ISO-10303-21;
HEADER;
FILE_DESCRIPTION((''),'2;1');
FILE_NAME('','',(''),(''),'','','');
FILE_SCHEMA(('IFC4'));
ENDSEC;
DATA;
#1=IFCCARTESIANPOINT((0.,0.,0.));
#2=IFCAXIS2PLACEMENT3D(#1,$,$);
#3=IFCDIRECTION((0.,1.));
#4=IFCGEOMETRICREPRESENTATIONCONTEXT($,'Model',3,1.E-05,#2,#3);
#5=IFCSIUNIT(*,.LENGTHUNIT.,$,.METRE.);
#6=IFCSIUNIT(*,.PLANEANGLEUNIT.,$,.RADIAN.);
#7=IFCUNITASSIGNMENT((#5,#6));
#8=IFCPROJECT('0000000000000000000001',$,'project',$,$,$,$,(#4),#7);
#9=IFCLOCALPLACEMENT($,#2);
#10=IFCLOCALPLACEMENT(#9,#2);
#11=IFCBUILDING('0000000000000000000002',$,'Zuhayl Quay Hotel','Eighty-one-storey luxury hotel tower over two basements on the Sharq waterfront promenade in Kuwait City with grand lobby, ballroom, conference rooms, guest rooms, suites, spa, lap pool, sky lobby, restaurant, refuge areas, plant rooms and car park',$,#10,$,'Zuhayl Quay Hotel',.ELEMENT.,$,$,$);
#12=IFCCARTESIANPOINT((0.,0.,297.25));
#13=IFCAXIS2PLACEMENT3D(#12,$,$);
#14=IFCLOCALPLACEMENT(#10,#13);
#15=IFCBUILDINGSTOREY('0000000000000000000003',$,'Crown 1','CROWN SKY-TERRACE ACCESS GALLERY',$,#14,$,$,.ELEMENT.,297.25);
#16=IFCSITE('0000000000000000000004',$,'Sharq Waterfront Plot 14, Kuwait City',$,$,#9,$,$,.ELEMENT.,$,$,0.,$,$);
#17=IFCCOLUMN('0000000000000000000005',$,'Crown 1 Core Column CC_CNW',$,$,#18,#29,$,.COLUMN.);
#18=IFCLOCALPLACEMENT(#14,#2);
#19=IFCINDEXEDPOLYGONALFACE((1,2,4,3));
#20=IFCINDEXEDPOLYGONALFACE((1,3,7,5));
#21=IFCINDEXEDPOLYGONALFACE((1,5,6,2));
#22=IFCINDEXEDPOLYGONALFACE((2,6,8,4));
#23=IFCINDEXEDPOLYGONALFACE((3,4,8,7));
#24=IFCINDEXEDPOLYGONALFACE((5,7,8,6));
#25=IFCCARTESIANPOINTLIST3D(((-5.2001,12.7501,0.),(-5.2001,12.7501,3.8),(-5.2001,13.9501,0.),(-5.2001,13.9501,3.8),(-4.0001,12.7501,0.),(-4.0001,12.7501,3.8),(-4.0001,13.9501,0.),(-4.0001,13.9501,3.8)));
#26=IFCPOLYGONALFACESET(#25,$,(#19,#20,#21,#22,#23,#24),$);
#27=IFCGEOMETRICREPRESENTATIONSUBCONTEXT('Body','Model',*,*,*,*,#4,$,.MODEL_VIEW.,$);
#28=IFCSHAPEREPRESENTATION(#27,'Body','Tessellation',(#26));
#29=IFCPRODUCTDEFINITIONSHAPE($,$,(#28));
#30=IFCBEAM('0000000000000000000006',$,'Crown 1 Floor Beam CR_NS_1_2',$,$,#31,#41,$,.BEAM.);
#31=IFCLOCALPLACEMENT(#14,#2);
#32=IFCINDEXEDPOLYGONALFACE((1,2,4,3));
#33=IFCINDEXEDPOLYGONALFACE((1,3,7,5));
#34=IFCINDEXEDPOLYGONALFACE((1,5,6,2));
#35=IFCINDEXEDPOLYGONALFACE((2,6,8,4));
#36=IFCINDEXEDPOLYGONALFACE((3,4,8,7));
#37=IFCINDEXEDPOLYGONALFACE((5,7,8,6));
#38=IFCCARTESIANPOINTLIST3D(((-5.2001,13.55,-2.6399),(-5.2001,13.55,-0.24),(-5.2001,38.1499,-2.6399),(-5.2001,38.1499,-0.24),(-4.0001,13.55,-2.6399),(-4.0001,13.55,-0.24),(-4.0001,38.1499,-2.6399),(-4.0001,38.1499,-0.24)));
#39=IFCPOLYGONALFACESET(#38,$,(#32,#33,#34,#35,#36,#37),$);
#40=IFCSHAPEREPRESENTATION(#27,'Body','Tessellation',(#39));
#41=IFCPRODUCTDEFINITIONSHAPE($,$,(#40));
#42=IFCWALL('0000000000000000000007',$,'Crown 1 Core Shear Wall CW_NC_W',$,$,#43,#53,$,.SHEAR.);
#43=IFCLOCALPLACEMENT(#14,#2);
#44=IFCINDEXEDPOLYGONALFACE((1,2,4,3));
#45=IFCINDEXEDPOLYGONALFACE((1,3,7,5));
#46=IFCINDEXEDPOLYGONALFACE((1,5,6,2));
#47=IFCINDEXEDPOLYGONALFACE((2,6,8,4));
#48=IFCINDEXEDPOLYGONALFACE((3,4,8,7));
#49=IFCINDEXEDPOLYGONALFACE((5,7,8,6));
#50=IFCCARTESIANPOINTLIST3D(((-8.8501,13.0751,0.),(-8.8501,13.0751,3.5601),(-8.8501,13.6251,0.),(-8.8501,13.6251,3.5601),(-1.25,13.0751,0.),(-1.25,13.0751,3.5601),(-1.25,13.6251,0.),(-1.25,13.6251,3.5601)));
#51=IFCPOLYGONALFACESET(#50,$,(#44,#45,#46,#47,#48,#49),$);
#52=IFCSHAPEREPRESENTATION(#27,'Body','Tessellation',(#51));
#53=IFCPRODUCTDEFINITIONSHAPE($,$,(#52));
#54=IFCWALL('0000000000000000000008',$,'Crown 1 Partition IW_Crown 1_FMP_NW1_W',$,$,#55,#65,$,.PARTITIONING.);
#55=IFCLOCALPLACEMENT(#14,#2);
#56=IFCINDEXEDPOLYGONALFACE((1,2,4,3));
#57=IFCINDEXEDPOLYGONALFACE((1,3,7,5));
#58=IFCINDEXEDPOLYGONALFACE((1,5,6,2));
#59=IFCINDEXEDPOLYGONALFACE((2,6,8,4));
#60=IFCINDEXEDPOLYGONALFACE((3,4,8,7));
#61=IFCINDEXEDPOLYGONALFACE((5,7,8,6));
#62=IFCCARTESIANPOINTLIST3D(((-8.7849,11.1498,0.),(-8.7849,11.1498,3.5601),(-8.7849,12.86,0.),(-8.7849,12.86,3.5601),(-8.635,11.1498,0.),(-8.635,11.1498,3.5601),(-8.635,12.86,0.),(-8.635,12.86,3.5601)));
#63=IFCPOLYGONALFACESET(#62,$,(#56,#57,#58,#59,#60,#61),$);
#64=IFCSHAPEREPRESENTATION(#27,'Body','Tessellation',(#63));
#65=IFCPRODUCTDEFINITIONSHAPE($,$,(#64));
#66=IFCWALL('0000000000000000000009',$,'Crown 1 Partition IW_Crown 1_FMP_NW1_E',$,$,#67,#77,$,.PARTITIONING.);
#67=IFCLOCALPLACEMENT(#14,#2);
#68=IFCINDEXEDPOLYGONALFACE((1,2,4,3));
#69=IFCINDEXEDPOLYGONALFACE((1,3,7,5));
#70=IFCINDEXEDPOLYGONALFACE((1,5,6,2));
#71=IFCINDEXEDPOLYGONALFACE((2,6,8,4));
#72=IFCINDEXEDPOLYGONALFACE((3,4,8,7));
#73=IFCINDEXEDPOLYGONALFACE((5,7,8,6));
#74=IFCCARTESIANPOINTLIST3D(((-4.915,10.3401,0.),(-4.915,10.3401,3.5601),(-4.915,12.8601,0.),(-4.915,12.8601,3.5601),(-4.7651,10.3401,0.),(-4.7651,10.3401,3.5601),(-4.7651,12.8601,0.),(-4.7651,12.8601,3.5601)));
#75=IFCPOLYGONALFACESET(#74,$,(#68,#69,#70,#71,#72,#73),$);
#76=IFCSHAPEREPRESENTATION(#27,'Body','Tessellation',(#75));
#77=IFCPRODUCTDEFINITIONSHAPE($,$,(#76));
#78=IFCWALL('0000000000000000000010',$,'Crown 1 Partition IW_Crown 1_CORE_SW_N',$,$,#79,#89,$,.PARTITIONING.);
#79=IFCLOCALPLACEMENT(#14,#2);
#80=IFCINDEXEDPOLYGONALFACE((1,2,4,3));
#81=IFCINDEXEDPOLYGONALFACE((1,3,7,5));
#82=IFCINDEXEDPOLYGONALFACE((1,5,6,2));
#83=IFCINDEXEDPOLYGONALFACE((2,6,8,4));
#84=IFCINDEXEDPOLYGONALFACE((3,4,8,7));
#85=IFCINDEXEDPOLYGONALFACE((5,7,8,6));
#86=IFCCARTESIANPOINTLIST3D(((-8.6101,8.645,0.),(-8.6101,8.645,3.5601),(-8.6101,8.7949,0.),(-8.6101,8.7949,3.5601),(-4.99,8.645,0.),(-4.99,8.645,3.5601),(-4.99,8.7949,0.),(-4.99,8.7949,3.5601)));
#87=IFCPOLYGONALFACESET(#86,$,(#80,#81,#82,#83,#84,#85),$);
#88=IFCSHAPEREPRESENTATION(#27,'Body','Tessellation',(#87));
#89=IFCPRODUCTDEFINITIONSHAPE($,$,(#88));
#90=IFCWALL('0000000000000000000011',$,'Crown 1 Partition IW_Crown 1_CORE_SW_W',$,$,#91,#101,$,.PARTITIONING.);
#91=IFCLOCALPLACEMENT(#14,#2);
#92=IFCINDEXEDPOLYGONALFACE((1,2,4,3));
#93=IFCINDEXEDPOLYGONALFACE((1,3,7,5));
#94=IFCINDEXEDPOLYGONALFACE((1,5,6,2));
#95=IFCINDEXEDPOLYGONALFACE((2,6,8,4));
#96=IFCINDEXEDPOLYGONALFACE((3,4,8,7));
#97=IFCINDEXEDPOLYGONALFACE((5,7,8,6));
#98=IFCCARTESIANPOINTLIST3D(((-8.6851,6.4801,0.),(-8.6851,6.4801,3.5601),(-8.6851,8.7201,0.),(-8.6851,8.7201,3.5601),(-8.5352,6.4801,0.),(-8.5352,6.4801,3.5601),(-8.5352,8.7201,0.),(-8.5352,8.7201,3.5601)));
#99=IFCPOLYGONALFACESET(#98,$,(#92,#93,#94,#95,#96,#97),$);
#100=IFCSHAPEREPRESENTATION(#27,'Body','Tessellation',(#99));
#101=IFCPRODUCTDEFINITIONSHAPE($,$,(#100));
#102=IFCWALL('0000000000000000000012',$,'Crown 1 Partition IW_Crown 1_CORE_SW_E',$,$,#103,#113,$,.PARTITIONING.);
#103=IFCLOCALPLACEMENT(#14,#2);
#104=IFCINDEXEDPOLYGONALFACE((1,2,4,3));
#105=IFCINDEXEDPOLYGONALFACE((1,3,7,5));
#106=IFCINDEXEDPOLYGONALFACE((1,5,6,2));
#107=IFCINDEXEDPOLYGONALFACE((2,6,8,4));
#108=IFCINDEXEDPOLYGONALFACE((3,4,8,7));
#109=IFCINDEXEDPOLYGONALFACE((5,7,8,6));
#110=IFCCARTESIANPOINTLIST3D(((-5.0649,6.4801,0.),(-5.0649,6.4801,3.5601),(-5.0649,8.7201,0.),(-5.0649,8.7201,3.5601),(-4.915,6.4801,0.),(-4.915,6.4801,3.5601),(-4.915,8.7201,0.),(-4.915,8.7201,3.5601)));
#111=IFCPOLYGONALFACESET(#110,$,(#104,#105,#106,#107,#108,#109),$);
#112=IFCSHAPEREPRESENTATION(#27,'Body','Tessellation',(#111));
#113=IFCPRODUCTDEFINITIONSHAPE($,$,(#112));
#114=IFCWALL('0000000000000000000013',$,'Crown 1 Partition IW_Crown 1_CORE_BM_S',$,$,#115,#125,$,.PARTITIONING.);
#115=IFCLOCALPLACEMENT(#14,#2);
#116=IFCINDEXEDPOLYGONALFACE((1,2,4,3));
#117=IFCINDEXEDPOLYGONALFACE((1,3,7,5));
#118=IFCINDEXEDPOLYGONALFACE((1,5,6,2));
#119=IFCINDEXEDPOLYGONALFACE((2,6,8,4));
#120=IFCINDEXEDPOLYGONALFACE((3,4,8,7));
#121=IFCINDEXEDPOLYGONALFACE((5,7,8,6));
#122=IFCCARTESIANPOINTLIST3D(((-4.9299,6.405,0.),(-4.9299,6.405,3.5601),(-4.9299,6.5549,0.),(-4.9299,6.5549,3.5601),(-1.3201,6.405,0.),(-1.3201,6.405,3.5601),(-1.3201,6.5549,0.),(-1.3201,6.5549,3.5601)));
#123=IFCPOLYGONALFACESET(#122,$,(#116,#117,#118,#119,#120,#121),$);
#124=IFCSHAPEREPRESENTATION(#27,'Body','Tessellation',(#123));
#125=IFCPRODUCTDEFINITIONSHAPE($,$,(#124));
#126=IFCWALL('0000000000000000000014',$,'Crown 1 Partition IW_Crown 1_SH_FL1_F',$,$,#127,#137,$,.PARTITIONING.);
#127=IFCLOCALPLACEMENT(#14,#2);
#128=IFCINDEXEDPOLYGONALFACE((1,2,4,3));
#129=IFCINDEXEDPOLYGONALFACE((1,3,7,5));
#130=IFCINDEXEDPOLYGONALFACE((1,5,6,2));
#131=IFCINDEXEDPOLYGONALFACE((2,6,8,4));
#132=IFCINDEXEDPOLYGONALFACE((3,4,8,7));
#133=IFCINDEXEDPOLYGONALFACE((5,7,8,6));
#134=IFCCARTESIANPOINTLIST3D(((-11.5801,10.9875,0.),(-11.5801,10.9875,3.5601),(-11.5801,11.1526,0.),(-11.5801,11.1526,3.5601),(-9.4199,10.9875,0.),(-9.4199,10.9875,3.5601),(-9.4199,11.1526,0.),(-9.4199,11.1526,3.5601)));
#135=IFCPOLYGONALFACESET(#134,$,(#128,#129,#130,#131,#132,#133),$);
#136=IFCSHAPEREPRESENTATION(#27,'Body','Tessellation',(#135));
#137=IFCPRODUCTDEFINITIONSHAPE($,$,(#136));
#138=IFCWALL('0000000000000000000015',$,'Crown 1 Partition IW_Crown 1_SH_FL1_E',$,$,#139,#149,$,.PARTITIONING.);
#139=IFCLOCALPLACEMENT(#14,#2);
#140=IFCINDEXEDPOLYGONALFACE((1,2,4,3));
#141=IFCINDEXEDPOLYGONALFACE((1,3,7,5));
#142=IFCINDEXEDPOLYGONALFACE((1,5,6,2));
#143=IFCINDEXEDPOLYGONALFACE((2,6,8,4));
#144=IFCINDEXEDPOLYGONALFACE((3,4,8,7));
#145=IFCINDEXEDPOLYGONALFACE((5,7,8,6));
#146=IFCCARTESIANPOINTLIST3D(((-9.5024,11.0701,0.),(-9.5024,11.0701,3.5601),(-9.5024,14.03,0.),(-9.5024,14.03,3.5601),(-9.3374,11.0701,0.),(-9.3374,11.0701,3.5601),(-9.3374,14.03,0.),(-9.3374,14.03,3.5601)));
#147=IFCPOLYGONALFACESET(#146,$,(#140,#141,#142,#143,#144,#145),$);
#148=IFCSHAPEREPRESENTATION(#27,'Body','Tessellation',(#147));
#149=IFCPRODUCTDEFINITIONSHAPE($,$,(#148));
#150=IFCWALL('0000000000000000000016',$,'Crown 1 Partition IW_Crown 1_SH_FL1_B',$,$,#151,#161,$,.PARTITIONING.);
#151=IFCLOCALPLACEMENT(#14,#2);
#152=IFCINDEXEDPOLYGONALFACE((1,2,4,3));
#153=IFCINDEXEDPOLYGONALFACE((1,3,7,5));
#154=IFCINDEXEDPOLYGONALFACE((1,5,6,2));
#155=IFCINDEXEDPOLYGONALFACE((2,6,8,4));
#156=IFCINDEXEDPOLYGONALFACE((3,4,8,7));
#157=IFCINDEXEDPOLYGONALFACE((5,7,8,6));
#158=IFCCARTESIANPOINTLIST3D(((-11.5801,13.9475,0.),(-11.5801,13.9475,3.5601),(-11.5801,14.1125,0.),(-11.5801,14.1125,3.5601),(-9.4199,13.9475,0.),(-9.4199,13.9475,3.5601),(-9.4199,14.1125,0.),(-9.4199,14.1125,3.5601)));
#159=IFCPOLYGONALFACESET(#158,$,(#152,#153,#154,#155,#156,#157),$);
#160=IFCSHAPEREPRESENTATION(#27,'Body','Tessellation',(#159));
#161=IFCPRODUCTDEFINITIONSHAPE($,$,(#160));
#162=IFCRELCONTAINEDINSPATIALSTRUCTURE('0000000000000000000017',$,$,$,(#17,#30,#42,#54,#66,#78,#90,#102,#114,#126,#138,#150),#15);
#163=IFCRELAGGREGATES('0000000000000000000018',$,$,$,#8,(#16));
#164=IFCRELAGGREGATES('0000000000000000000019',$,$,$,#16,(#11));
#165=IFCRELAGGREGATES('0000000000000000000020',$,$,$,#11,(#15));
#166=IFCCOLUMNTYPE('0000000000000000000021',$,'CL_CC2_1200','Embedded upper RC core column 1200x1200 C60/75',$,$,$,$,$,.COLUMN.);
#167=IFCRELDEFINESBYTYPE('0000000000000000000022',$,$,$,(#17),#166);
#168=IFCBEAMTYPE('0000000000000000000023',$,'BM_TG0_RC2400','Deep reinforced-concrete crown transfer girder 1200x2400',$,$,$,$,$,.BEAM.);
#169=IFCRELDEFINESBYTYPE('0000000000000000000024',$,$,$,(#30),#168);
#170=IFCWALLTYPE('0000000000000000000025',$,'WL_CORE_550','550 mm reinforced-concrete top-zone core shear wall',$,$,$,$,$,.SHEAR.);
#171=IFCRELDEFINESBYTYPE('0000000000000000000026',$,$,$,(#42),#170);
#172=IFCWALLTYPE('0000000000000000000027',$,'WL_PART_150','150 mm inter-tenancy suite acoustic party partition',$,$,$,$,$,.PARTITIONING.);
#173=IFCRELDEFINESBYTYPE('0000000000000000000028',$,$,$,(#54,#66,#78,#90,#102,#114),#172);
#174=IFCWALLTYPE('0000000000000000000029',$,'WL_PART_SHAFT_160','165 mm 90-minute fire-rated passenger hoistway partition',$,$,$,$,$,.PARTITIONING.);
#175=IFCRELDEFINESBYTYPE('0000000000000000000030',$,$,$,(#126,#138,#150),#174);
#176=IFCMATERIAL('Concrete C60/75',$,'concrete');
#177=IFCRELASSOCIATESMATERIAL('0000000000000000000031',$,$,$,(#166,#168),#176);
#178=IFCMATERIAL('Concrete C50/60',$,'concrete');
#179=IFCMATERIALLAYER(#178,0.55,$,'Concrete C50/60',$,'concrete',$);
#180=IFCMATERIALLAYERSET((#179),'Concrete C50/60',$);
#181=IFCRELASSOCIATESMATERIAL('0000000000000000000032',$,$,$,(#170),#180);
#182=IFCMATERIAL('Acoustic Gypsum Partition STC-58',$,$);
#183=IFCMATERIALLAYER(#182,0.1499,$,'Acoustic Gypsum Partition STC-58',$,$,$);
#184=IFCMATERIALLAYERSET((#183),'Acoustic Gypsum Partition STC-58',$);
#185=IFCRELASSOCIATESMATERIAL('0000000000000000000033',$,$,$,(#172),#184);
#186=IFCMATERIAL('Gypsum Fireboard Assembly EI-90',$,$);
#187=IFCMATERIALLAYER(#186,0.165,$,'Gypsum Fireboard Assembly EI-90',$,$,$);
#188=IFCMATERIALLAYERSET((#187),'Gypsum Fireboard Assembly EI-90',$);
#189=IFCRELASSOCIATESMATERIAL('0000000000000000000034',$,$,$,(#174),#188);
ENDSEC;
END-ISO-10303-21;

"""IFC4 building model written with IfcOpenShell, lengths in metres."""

from ifc_helpers import new_model, si_unit, direction, frame, frame_2d, origin, origin_2d, place, context, subcontext, project, spatial, rectangle, extrude, material, layer, layer_set, material_profile, profile_set, type_object, element, save


model = new_model("IFC4")

# Units and contexts
model_context = context("Model", 3, precision=1e-05, world=origin(), true_north=direction((0.0, 1.0)))
body_context = subcontext(model_context, "Body", "Model", "MODEL_VIEW")
ifc_project = project(units=[si_unit("LENGTHUNIT", "METRE"), si_unit("PLANEANGLEUNIT", "RADIAN")], contexts=[model_context])

# Site, building, storey
site_placement = place(None, origin())
site = spatial("IfcSite", under=ifc_project, at=site_placement, Name="Sharq Waterfront Plot 14, Kuwait City", CompositionType="ELEMENT", RefElevation=0.0)
building_placement = place(site_placement, origin())
building = spatial("IfcBuilding", under=site, at=building_placement, Name="Zuhayl Quay Hotel", Description="Eighty-one-storey luxury hotel tower over two basements on the Sharq waterfront promenade in Kuwait City with grand lobby, ballroom, conference rooms, guest rooms, suites, spa, lap pool, sky lobby, restaurant, refuge areas, plant rooms and car park", LongName="Zuhayl Quay Hotel", CompositionType="ELEMENT")
storey_placement = place(building_placement, frame((0.0, 0.0, 297.25)))
storey = spatial("IfcBuildingStorey", under=building, at=storey_placement, Name="Crown 1", Description="CROWN SKY-TERRACE ACCESS GALLERY", CompositionType="ELEMENT", Elevation=297.25)

# Column
ifc_material_1 = material(Name="Concrete C60/75", Category="concrete")
ifc_material_profile_1 = material_profile(ifc_material_1, rectangle(XDim=1.2, YDim=1.2, at=origin_2d()), Name="RC1200X1200")
ifc_profile_set_1 = profile_set([ifc_material_profile_1], Name="Concrete C60/75")
column_type = type_object("IfcColumnType", Name="CL_CC2_1200", Description="Embedded upper RC core column 1200x1200 C60/75", PredefinedType="COLUMN", material=ifc_profile_set_1)
column_placement = place(storey_placement, frame((-4.6001, 13.3501, 0.0), z_axis=(0.0, 0.0, 1.0), x_axis=(1.0, 0.0, 0.0)))
element("IfcColumn", 1, at=column_placement, inside=storey, type_object=column_type, Name="Crown 1 Core Column CC_CNW", PredefinedType="COLUMN", context=body_context, shape_type="SweptSolid", body=[
    extrude(rectangle(XDim=1.2, YDim=1.2, at=origin_2d()), origin(), (0.0, 0.0, 1.0), 3.8),
])

# Beam
ifc_material_profile_2 = material_profile(ifc_material_1, rectangle(XDim=1.2, YDim=2.3999, at=origin_2d()), Name="RC1200X2400")
ifc_profile_set_2 = profile_set([ifc_material_profile_2], Name="Concrete C60/75")
beam_type = type_object("IfcBeamType", Name="BM_TG0_RC2400", Description="Deep reinforced-concrete crown transfer girder 1200x2400", PredefinedType="BEAM", material=ifc_profile_set_2)
beam_placement = place(storey_placement, frame((-4.6001, 13.55, -1.4399), z_axis=(0.0, 1.0, 0.0), x_axis=(-1.0, 0.0, 0.0)))
element("IfcBeam", 2, at=beam_placement, inside=storey, type_object=beam_type, Name="Crown 1 Floor Beam CR_NS_1_2", PredefinedType="BEAM", context=body_context, shape_type="SweptSolid", body=[
    extrude(rectangle(XDim=1.2, YDim=2.3999, at=origin_2d()), origin(), (0.0, 0.0, 1.0), 24.5999),
])

# Wall
ifc_material_2 = material(Name="Concrete C50/60", Category="concrete")
ifc_layer_1 = layer(ifc_material_2, 0.55, Name="Concrete C50/60", Category="concrete")
ifc_layer_set_1 = layer_set([ifc_layer_1], Name="Concrete C50/60")
wall_type_1 = type_object("IfcWallType", Name="WL_CORE_550", Description="550 mm reinforced-concrete top-zone core shear wall", PredefinedType="SHEAR", material=ifc_layer_set_1)
wall_1_placement = place(storey_placement, frame((-8.8501, 13.3501, 0.0), z_axis=(0.0, 0.0, 1.0), x_axis=(1.0, 0.0, 0.0)))
element("IfcWall", 3, at=wall_1_placement, inside=storey, type_object=wall_type_1, Name="Crown 1 Core Shear Wall CW_NC_W", PredefinedType="SHEAR", context=body_context, shape_type="SweptSolid", body=[
    extrude(rectangle(XDim=7.6001, YDim=0.55, at=frame_2d((3.8, 0.0))), origin(), (0.0, 0.0, 1.0), 3.5601),
])

# Shared definitions
ifc_material_3 = material(Name="Acoustic Gypsum Partition STC-58")
ifc_layer_2 = layer(ifc_material_3, 0.1499, Name="Acoustic Gypsum Partition STC-58")
ifc_layer_set_2 = layer_set([ifc_layer_2], Name="Acoustic Gypsum Partition STC-58")
wall_type_2 = type_object("IfcWallType", Name="WL_PART_150", Description="150 mm inter-tenancy suite acoustic party partition", PredefinedType="PARTITIONING", material=ifc_layer_set_2)

# Walls
wall_2_placement = place(storey_placement, frame((-8.71, 11.1499, 0.0), z_axis=(0.0, 0.0, 1.0), x_axis=(0.0, 1.0, 0.0)))
element("IfcWall", 4, at=wall_2_placement, inside=storey, type_object=wall_type_2, Name="Crown 1 Partition IW_Crown 1_FMP_NW1_W", PredefinedType="PARTITIONING", context=body_context, shape_type="SweptSolid", body=[
    extrude(rectangle(XDim=1.7102, YDim=0.1499, at=frame_2d((0.855, 0.0))), origin(), (0.0, 0.0, 1.0), 3.5601),
])
wall_3_placement = place(storey_placement, frame((-4.8401, 10.3401, 0.0), z_axis=(0.0, 0.0, 1.0), x_axis=(0.0, 1.0, 0.0)))
element("IfcWall", 5, at=wall_3_placement, inside=storey, type_object=wall_type_2, Name="Crown 1 Partition IW_Crown 1_FMP_NW1_E", PredefinedType="PARTITIONING", context=body_context, shape_type="SweptSolid", body=[
    extrude(rectangle(XDim=2.52, YDim=0.1499, at=frame_2d((1.26, 0.0))), origin(), (0.0, 0.0, 1.0), 3.5601),
])
wall_4_placement = place(storey_placement, frame((-8.6101, 8.72, 0.0), z_axis=(0.0, 0.0, 1.0), x_axis=(1.0, 0.0, 0.0)))
element("IfcWall", 6, at=wall_4_placement, inside=storey, type_object=wall_type_2, Name="Crown 1 Partition IW_Crown 1_CORE_SW_N", PredefinedType="PARTITIONING", context=body_context, shape_type="SweptSolid", body=[
    extrude(rectangle(XDim=3.6201, YDim=0.1499, at=frame_2d((1.8101, 0.0))), origin(), (0.0, 0.0, 1.0), 3.5601),
])
for number, where, z_axis, x_axis, name in (
    (7, (-8.6101, 6.48, 0.0), (0.0, 0.0, 1.0), (0.0, 1.0, 0.0), "Crown 1 Partition IW_Crown 1_CORE_SW_W"),
    (8, (-4.99, 6.48, 0.0), (0.0, 0.0, 1.0), (0.0, 1.0, 0.0), "Crown 1 Partition IW_Crown 1_CORE_SW_E"),
):
    element("IfcWall", number, at=place(storey_placement, frame(where, z_axis=z_axis, x_axis=x_axis)), inside=storey, type_object=wall_type_2, Name=name, PredefinedType="PARTITIONING", context=body_context, shape_type="SweptSolid", body=[
        extrude(rectangle(XDim=2.24, YDim=0.1499, at=frame_2d((1.1201, 0.0))), origin(), (0.0, 0.0, 1.0), 3.5601),
    ])
wall_5_placement = place(storey_placement, frame((-4.9299, 6.48, 0.0), z_axis=(0.0, 0.0, 1.0), x_axis=(1.0, 0.0, 0.0)))
element("IfcWall", 9, at=wall_5_placement, inside=storey, type_object=wall_type_2, Name="Crown 1 Partition IW_Crown 1_CORE_BM_S", PredefinedType="PARTITIONING", context=body_context, shape_type="SweptSolid", body=[
    extrude(rectangle(XDim=3.6099, YDim=0.1499, at=frame_2d((1.8049, 0.0))), origin(), (0.0, 0.0, 1.0), 3.5601),
])
ifc_material_4 = material(Name="Gypsum Fireboard Assembly EI-90")
ifc_layer_3 = layer(ifc_material_4, 0.165, Name="Gypsum Fireboard Assembly EI-90")
ifc_layer_set_3 = layer_set([ifc_layer_3], Name="Gypsum Fireboard Assembly EI-90")
wall_type_3 = type_object("IfcWallType", Name="WL_PART_SHAFT_160", Description="165 mm 90-minute fire-rated passenger hoistway partition", PredefinedType="PARTITIONING", material=ifc_layer_set_3)
wall_6_placement = place(storey_placement, frame((-11.5801, 11.0701, 0.0), z_axis=(0.0, 0.0, 1.0), x_axis=(1.0, 0.0, 0.0)))
element("IfcWall", 10, at=wall_6_placement, inside=storey, type_object=wall_type_3, Name="Crown 1 Partition IW_Crown 1_SH_FL1_F", PredefinedType="PARTITIONING", context=body_context, shape_type="SweptSolid", body=[
    extrude(rectangle(XDim=2.1602, YDim=0.165, at=frame_2d((1.0801, 0.0))), origin(), (0.0, 0.0, 1.0), 3.5601),
])
wall_7_placement = place(storey_placement, frame((-9.4199, 11.0701, 0.0), z_axis=(0.0, 0.0, 1.0), x_axis=(0.0, 1.0, 0.0)))
element("IfcWall", 11, at=wall_7_placement, inside=storey, type_object=wall_type_3, Name="Crown 1 Partition IW_Crown 1_SH_FL1_E", PredefinedType="PARTITIONING", context=body_context, shape_type="SweptSolid", body=[
    extrude(rectangle(XDim=2.96, YDim=0.165, at=frame_2d((1.48, 0.0))), origin(), (0.0, 0.0, 1.0), 3.5601),
])
wall_8_placement = place(storey_placement, frame((-11.5801, 14.03, 0.0), z_axis=(0.0, 0.0, 1.0), x_axis=(1.0, 0.0, 0.0)))
element("IfcWall", 12, at=wall_8_placement, inside=storey, type_object=wall_type_3, Name="Crown 1 Partition IW_Crown 1_SH_FL1_B", PredefinedType="PARTITIONING", context=body_context, shape_type="SweptSolid", body=[
    extrude(rectangle(XDim=2.1602, YDim=0.165, at=frame_2d((1.0801, 0.0))), origin(), (0.0, 0.0, 1.0), 3.5601),
])

save(model, "model.ifc")
